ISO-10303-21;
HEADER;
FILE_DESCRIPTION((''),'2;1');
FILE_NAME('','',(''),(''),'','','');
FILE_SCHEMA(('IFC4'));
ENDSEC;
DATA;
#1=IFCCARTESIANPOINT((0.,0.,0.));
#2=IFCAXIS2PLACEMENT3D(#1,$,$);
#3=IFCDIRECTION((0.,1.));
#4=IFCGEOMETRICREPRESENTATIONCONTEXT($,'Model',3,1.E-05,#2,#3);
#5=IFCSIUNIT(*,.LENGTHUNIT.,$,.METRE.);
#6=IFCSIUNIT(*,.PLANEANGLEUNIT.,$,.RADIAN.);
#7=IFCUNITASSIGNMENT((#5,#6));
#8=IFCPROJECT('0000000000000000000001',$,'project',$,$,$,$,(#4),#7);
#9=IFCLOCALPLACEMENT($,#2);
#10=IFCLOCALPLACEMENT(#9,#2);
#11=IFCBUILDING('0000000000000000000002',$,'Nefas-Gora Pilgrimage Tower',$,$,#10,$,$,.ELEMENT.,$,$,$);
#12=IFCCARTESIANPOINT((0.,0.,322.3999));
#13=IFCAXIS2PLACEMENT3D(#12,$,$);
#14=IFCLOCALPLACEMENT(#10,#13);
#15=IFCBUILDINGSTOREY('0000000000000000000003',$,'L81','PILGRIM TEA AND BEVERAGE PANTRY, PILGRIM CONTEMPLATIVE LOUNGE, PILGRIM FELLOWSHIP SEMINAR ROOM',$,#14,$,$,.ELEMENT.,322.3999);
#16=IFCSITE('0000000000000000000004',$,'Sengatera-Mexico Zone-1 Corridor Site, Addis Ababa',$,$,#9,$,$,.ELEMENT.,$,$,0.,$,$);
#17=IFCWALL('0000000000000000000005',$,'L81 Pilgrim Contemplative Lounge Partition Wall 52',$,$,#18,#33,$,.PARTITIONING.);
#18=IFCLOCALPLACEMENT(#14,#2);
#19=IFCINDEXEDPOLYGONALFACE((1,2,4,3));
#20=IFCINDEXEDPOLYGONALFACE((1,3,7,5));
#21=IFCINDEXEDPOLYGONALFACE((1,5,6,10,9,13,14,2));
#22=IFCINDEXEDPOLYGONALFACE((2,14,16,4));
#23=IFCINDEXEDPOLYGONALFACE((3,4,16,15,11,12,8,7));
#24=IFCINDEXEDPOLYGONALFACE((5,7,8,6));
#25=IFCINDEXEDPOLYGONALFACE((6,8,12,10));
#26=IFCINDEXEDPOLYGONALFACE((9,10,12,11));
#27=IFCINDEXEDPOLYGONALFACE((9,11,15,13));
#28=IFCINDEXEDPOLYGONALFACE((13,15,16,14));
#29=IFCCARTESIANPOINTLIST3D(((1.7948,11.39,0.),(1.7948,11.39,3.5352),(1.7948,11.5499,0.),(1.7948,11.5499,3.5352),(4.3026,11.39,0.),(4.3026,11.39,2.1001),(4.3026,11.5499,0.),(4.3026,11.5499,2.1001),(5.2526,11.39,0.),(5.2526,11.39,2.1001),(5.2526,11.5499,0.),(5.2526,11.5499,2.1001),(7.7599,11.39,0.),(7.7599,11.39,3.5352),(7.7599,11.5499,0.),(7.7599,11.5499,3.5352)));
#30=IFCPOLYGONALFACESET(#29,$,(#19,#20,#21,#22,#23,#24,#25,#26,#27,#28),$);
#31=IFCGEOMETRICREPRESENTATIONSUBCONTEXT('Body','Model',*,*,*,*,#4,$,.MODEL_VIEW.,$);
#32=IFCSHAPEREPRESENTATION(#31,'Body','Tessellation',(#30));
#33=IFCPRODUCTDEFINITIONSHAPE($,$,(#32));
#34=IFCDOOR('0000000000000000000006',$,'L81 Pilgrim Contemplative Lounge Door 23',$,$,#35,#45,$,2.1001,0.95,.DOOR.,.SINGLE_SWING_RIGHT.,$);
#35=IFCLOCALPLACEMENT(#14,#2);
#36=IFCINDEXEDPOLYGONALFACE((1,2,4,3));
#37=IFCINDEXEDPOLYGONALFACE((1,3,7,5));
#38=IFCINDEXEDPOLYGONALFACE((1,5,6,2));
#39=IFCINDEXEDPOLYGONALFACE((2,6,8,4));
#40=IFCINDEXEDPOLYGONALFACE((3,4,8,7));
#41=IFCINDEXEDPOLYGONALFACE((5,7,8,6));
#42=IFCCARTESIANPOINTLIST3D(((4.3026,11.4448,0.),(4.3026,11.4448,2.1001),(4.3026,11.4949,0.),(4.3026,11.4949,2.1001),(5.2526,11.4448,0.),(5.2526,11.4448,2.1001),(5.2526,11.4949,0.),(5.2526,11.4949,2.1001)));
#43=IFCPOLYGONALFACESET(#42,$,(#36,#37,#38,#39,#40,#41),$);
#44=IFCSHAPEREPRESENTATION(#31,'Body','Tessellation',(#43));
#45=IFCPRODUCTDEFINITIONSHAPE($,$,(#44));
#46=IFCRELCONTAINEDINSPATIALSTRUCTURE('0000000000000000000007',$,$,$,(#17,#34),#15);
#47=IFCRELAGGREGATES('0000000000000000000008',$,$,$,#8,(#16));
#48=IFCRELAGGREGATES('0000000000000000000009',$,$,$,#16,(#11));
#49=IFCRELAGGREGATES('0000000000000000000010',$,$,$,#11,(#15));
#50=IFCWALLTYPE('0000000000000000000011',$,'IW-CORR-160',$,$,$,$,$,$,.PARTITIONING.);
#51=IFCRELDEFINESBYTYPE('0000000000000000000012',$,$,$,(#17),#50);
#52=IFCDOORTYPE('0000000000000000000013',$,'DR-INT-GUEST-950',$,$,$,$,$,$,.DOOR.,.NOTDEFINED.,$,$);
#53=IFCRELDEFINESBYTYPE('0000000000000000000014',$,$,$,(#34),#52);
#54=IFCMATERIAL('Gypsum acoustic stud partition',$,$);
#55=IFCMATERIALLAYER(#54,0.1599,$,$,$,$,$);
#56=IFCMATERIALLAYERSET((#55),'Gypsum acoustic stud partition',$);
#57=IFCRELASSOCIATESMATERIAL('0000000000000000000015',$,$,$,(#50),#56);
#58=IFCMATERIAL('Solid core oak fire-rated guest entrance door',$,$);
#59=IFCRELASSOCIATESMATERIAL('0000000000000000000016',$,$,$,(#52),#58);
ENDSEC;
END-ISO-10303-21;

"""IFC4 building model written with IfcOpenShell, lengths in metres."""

from ifc_helpers import new_model, si_unit, direction, frame, frame_2d, origin, place, context, subcontext, project, spatial, rectangle, extrude, source, transform, mapped, material, layer, layer_set, type_object, element, fill, save


model = new_model("IFC4")

# Units and contexts
model_context = context("Model", 3, precision=1e-05, world=origin(), true_north=direction((0.0, 1.0)))
body_context = subcontext(model_context, "Body", "Model", "MODEL_VIEW")
ifc_project = project(units=[si_unit("LENGTHUNIT", "METRE"), si_unit("PLANEANGLEUNIT", "RADIAN")], contexts=[model_context])

# Site, building, storey
site_placement = place(None, origin())
site = spatial("IfcSite", under=ifc_project, at=site_placement, Name="Sengatera-Mexico Zone-1 Corridor Site, Addis Ababa", CompositionType="ELEMENT", RefElevation=0.0)
building_placement = place(site_placement, origin())
building = spatial("IfcBuilding", under=site, at=building_placement, Name="Nefas-Gora Pilgrimage Tower", CompositionType="ELEMENT")
storey_placement = place(building_placement, frame((0.0, 0.0, 322.3999)))
storey = spatial("IfcBuildingStorey", under=building, at=storey_placement, Name="L81", Description="PILGRIM TEA AND BEVERAGE PANTRY, PILGRIM CONTEMPLATIVE LOUNGE, PILGRIM FELLOWSHIP SEMINAR ROOM", CompositionType="ELEMENT", Elevation=322.3999)

# Wall, opening, door
ifc_material_1 = material(Name="Gypsum acoustic stud partition")
ifc_layer_1 = layer(ifc_material_1, 0.1599)
ifc_layer_set_1 = layer_set([ifc_layer_1], Name="Gypsum acoustic stud partition")
wall_type_1 = type_object("IfcWallType", Name="IW-CORR-160", PredefinedType="PARTITIONING", material=ifc_layer_set_1)
shared_shape_1 = source(origin(), body_context, "Body", "SweptSolid", [
    extrude(rectangle(XDim=5.9651, YDim=0.1599, at=frame_2d((2.9824, 0.0))), origin(), (0.0, 0.0, 1.0), 3.5352),
])
wall_1_placement = place(storey_placement, frame((1.7949, 11.47, 0.0), z_axis=(0.0, 0.0, 1.0), x_axis=(1.0, 0.0, 0.0)))
wall_1 = element("IfcWall", 1, at=wall_1_placement, inside=storey, type_object=wall_type_1, Name="L81 Pilgrim Contemplative Lounge Partition Wall 52", PredefinedType="PARTITIONING", context=body_context, shape_type="MappedRepresentation", body=[
    mapped(shared_shape_1, transform((0.0, 0.0, 0.0), x_axis=(1.0, 0.0, 0.0), y_axis=(0.0, 1.0, 0.0), z_axis=(0.0, 0.0, 1.0), scale=1.0)),
])
opening_1_placement = place(wall_1_placement, frame((2.5076, 0.0, 0.0)))
opening_1 = element("IfcOpeningElement", 2, at=opening_1_placement, cuts=wall_1, PredefinedType="OPENING", context=body_context, shape_type="SweptSolid", body=[
    extrude(rectangle(XDim=0.95, YDim=2.1001, at=frame_2d((0.4751, 1.05))), frame((0.0, 0.0898, 0.0), z_axis=(0.0, -1.0, 0.0), x_axis=(1.0, 0.0, 0.0)), (0.0, 0.0, 1.0), 0.1799),
])
ifc_material_2 = material(Name="Solid core oak fire-rated guest entrance door")
door_type_1 = type_object("IfcDoorType", Name="DR-INT-GUEST-950", OperationType="NOTDEFINED", PredefinedType="DOOR", material=ifc_material_2)
shared_shape_2 = source(origin(), body_context, "Body", "SweptSolid", [
    extrude(rectangle(XDim=0.95, YDim=2.1001, at=frame_2d((0.4751, 1.05))), frame((0.0, 0.0249, 0.0), z_axis=(0.0, -1.0, 0.0), x_axis=(1.0, 0.0, 0.0)), (0.0, 0.0, 1.0), 0.05),
])
door_1_placement = place(opening_1_placement, origin())
door_1 = element("IfcDoor", 3, at=door_1_placement, inside=storey, type_object=door_type_1, Name="L81 Pilgrim Contemplative Lounge Door 23", OperationType="SINGLE_SWING_RIGHT", OverallHeight=2.1001, OverallWidth=0.95, PredefinedType="DOOR", context=body_context, shape_type="MappedRepresentation", body=[
    mapped(shared_shape_2, transform((0.0, 0.0, 0.0), x_axis=(1.0, 0.0, 0.0), y_axis=(0.0, 1.0, 0.0), z_axis=(0.0, 0.0, 1.0), scale=1.0)),
])
fill(opening_1, door_1)

save(model, "model.ifc")
